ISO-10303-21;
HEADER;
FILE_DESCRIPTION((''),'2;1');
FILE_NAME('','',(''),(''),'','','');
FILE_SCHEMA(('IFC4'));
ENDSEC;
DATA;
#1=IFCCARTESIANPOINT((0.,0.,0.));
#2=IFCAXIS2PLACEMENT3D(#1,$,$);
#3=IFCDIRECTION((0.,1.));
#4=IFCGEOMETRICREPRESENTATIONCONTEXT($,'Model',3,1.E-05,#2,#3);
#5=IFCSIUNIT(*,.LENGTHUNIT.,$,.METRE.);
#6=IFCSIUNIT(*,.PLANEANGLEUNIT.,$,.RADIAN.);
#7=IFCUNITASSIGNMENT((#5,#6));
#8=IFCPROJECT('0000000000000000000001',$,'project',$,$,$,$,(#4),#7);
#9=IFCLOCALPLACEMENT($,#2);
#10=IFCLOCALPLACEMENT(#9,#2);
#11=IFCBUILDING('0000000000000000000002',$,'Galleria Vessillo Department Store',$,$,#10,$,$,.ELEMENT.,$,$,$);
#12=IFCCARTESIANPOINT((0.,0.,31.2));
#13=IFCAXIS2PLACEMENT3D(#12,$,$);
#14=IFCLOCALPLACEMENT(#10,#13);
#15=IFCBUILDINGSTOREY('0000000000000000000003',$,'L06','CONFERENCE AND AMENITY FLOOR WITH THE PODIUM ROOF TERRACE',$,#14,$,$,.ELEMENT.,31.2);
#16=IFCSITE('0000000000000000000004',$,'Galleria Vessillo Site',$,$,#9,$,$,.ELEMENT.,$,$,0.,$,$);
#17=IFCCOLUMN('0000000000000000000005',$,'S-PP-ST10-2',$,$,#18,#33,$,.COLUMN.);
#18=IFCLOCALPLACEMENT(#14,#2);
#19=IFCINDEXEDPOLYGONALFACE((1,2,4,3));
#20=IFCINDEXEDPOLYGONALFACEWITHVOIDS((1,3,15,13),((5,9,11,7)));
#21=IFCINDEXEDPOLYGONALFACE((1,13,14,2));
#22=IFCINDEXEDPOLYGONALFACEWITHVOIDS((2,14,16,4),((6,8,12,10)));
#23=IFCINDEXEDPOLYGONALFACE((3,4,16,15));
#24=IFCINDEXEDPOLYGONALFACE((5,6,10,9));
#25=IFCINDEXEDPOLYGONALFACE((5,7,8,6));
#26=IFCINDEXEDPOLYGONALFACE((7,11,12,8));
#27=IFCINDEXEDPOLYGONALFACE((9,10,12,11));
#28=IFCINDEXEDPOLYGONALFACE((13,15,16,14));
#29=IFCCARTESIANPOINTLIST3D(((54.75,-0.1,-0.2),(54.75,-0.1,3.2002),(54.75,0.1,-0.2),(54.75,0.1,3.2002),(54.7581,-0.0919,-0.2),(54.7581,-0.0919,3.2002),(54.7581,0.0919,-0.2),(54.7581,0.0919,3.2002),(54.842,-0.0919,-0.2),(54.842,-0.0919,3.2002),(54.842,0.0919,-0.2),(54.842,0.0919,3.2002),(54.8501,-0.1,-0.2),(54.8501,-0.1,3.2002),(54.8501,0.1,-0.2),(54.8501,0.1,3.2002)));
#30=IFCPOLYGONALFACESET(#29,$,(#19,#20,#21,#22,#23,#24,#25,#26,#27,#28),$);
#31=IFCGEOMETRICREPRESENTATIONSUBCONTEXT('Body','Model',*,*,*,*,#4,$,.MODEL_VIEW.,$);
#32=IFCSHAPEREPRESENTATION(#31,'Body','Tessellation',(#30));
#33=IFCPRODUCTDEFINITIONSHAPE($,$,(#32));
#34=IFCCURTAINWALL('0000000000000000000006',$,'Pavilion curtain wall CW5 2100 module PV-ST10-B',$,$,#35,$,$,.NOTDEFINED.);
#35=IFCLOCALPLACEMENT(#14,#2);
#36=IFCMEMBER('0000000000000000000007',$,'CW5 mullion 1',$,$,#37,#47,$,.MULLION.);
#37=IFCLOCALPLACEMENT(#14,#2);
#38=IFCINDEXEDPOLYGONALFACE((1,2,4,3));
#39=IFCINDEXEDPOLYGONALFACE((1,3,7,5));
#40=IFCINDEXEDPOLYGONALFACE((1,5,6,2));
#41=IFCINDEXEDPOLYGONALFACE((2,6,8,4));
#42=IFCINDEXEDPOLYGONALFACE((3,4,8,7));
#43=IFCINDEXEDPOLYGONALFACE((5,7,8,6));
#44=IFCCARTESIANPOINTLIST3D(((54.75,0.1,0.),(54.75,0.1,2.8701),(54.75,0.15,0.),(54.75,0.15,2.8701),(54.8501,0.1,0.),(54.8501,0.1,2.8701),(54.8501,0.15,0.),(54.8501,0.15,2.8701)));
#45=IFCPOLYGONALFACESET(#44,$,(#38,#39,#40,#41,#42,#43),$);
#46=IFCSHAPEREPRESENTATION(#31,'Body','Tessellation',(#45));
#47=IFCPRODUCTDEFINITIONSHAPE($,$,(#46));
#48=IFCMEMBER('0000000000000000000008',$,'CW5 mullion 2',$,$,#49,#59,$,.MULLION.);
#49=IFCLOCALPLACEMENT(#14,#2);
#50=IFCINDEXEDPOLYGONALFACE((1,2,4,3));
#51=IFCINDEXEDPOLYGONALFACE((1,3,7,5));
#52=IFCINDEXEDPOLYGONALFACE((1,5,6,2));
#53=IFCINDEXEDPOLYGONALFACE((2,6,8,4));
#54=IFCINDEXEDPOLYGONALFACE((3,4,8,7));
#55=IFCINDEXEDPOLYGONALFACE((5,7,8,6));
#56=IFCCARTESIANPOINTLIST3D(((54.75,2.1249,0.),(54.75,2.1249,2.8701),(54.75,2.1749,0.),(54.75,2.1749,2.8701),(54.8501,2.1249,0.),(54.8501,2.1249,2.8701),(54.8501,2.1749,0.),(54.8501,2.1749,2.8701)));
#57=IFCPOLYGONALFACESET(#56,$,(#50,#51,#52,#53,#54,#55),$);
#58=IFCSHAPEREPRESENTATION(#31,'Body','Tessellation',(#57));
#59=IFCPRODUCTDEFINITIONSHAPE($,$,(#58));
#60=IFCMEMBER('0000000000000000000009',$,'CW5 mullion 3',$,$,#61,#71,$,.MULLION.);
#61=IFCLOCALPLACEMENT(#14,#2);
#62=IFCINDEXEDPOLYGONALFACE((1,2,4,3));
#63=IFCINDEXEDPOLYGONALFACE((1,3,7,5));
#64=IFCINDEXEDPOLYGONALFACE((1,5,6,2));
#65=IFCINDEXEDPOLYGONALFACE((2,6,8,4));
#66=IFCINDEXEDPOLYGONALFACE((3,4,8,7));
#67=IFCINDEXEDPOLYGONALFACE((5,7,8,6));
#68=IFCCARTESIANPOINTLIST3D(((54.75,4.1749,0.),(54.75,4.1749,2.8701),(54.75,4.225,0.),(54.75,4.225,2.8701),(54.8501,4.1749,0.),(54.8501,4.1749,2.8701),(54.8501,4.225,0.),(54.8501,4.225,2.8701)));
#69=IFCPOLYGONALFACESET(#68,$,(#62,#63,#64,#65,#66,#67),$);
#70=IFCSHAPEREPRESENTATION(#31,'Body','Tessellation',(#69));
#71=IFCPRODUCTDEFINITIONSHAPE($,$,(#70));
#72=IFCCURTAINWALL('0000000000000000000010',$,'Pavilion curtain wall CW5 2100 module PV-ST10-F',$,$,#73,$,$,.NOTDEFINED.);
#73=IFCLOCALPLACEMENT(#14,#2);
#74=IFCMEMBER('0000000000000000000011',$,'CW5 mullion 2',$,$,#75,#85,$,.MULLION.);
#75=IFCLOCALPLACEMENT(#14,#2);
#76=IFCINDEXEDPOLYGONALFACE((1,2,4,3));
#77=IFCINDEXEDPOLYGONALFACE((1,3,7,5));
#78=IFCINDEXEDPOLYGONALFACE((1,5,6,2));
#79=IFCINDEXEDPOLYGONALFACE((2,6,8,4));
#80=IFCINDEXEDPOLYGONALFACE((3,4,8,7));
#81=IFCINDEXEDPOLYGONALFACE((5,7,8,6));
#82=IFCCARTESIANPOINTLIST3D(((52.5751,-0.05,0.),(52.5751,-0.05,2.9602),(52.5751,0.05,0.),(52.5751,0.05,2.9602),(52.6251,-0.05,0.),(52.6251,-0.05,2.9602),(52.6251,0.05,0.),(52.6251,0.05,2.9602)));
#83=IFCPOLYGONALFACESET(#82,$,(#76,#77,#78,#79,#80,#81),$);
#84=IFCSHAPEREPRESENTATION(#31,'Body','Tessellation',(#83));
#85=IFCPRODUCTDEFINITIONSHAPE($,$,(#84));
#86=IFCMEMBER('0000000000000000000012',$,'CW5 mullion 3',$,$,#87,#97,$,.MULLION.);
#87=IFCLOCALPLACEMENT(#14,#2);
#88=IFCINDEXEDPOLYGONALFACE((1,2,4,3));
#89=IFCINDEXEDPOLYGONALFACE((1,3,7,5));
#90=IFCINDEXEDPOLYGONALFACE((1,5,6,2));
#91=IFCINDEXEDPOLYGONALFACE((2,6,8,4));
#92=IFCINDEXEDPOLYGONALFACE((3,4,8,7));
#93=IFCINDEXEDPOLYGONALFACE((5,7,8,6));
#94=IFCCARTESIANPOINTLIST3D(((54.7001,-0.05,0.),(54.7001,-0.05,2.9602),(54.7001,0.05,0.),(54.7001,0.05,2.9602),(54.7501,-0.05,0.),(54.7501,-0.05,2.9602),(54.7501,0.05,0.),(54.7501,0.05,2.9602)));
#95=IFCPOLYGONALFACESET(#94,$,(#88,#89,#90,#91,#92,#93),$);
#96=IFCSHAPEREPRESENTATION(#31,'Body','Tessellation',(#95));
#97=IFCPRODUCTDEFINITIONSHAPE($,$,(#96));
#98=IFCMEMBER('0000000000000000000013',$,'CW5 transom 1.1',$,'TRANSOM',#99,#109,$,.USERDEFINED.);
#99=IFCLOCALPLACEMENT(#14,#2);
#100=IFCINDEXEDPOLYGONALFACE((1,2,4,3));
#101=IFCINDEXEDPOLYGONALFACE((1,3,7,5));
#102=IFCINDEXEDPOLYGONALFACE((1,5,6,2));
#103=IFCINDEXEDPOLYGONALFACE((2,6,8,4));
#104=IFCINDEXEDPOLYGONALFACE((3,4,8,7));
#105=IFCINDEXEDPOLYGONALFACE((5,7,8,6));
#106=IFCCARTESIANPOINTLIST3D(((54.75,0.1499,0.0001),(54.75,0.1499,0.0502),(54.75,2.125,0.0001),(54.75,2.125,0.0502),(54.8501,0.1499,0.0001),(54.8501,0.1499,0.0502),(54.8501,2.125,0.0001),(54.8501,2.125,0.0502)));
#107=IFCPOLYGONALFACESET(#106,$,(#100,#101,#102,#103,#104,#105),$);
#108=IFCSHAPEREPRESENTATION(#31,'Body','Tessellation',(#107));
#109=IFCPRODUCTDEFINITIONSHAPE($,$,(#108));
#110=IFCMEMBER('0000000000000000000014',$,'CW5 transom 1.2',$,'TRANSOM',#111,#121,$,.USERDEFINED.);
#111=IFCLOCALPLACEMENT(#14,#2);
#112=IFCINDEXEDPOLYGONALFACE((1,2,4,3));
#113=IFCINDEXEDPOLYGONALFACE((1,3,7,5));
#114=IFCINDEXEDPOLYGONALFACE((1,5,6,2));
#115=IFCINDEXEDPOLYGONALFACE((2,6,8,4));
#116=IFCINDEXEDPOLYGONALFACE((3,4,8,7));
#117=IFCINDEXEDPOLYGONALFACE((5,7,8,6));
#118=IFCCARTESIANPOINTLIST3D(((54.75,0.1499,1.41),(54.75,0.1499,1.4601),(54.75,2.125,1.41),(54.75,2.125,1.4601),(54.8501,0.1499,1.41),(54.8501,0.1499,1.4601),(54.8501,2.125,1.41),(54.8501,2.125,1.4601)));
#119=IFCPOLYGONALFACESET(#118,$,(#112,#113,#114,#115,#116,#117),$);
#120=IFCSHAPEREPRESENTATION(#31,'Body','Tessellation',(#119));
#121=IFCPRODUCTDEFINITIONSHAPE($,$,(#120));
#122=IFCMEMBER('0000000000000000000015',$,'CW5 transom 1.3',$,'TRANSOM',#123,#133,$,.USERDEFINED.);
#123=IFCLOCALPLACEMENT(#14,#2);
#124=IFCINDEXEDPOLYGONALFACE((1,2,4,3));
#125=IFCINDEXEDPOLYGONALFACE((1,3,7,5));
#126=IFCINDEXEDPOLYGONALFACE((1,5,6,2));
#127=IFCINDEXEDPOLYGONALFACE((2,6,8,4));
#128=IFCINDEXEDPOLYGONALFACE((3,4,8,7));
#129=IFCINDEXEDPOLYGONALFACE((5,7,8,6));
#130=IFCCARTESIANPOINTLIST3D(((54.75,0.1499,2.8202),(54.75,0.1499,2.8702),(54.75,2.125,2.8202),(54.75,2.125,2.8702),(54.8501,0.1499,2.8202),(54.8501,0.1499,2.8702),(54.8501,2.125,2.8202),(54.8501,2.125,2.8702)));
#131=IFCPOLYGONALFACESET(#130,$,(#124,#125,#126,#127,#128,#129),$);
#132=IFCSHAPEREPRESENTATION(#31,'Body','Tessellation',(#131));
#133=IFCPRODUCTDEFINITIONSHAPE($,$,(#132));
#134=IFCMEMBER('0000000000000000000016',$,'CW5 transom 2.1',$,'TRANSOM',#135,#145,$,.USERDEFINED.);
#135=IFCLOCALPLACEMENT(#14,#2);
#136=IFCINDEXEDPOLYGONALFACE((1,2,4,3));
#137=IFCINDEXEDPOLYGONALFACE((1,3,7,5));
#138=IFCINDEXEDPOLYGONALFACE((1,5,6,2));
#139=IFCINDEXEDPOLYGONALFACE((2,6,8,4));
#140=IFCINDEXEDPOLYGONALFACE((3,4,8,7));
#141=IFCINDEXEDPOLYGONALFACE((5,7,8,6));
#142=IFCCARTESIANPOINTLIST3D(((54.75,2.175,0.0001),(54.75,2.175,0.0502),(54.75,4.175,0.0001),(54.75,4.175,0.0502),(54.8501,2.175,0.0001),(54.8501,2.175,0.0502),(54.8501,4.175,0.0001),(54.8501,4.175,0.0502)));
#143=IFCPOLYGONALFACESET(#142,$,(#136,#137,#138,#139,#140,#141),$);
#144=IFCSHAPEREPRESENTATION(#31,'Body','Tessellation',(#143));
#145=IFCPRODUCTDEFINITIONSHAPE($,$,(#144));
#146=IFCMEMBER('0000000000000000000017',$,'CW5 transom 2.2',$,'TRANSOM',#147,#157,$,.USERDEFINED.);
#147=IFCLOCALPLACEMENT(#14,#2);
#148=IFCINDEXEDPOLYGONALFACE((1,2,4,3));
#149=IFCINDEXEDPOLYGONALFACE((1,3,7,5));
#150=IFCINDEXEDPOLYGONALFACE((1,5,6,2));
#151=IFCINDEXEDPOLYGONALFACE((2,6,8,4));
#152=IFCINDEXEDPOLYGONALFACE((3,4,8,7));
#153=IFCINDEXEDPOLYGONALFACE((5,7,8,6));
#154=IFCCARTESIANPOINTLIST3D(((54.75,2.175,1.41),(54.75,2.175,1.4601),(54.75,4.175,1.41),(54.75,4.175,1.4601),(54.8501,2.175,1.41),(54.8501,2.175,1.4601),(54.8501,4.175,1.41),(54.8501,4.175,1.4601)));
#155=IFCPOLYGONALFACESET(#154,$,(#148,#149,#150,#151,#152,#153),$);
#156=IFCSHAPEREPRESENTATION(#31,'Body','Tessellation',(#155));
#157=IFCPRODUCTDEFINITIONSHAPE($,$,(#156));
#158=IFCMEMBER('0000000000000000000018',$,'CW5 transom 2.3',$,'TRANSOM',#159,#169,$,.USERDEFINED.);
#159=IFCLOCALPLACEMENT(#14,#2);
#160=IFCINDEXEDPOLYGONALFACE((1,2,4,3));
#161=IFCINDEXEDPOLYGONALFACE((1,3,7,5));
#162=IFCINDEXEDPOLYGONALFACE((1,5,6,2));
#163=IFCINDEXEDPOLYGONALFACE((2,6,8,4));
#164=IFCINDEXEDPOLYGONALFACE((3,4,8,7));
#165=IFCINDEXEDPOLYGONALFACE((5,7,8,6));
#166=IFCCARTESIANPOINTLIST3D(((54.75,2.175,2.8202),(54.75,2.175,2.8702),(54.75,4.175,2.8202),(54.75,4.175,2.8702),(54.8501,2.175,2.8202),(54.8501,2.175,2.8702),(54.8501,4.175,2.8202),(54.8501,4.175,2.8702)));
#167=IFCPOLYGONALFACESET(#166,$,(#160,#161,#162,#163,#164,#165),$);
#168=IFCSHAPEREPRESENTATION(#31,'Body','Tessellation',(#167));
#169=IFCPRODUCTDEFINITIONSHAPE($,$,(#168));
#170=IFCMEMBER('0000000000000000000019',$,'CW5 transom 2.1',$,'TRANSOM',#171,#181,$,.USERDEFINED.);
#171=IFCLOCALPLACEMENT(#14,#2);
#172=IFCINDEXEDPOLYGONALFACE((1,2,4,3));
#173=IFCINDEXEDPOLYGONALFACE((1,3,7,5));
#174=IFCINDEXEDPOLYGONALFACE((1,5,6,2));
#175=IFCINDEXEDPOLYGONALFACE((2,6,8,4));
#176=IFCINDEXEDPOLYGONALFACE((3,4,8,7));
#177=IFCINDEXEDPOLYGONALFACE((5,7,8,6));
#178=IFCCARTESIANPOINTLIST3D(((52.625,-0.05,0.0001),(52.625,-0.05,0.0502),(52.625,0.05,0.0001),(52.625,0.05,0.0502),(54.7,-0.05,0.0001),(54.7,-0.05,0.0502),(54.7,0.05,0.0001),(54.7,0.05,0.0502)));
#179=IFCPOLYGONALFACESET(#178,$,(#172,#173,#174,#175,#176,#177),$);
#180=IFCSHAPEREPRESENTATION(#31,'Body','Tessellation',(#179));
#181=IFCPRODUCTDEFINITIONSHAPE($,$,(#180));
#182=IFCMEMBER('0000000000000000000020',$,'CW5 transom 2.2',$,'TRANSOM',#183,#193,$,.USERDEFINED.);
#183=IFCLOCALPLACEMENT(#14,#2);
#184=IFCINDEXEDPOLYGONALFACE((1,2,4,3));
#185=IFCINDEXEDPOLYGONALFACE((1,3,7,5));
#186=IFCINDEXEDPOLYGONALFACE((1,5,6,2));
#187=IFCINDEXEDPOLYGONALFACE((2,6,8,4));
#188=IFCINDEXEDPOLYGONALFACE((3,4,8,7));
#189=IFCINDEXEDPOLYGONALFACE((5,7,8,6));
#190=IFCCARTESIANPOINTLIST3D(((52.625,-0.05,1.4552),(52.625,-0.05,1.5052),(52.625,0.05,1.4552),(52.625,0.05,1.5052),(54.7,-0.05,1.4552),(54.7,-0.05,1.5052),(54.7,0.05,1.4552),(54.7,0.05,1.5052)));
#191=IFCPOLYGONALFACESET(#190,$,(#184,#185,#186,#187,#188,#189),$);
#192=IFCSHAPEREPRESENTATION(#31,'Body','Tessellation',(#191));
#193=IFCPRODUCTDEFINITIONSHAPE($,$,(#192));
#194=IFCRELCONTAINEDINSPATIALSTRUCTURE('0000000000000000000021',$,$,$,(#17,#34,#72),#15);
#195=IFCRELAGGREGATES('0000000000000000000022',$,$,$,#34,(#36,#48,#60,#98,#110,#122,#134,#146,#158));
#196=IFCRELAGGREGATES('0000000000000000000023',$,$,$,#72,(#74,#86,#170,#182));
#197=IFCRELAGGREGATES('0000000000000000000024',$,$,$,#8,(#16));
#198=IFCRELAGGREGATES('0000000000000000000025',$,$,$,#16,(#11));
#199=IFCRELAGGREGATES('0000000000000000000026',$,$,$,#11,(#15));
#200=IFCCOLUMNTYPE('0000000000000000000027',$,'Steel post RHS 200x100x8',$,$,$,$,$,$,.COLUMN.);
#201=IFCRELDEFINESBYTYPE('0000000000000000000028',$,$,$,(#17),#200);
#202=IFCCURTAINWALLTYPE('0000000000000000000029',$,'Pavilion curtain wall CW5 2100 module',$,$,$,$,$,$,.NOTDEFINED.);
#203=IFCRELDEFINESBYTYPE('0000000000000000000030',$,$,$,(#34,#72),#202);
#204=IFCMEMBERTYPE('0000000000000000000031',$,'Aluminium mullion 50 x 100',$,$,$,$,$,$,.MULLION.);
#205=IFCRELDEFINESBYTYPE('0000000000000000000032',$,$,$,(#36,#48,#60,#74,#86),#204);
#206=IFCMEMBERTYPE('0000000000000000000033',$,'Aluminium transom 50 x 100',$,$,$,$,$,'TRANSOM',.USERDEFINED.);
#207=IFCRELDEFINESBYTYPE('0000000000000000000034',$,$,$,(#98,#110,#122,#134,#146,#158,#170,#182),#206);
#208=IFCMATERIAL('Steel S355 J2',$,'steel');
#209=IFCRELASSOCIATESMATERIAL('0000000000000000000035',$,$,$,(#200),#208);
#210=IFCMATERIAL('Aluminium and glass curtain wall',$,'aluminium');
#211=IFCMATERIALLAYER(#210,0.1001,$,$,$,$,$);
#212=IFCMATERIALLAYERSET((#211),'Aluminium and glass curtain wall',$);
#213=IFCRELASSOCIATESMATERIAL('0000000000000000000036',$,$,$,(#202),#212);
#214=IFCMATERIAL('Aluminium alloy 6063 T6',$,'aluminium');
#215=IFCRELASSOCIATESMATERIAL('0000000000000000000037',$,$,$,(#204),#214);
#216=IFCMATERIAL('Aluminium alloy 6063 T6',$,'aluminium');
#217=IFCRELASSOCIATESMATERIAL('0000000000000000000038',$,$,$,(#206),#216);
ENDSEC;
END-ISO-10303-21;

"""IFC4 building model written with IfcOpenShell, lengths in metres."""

from ifc_helpers import new_model, si_unit, direction, frame, origin, origin_2d, place, context, subcontext, project, spatial, rectangle, hollow_rectangle, extrude, material, layer, layer_set, material_profile, profile_set, type_object, element, aggregate, save


model = new_model("IFC4")

# Units and contexts
model_context = context("Model", 3, precision=1e-05, world=origin(), true_north=direction((0.0, 1.0)))
body_context = subcontext(model_context, "Body", "Model", "MODEL_VIEW")
ifc_project = project(units=[si_unit("LENGTHUNIT", "METRE"), si_unit("PLANEANGLEUNIT", "RADIAN")], contexts=[model_context])

# Site, building, storey
site_placement = place(None, origin())
site = spatial("IfcSite", under=ifc_project, at=site_placement, Name="Galleria Vessillo Site", CompositionType="ELEMENT", RefElevation=0.0)
building_placement = place(site_placement, origin())
building = spatial("IfcBuilding", under=site, at=building_placement, Name="Galleria Vessillo Department Store", CompositionType="ELEMENT")
storey_placement = place(building_placement, frame((0.0, 0.0, 31.2)))
storey = spatial("IfcBuildingStorey", under=building, at=storey_placement, Name="L06", Description="CONFERENCE AND AMENITY FLOOR WITH THE PODIUM ROOF TERRACE", CompositionType="ELEMENT", Elevation=31.2)

# Column
ifc_material_1 = material(Name="Steel S355 J2", Category="steel")
ifc_material_profile_1 = material_profile(ifc_material_1, hollow_rectangle(XDim=0.1001, YDim=0.2, WallThickness=0.0081, at=origin_2d()), Name="RHS 200x100x8")
ifc_profile_set_1 = profile_set([ifc_material_profile_1], Name="Steel S355 J2")
column_type = type_object("IfcColumnType", Name="Steel post RHS 200x100x8", PredefinedType="COLUMN", material=ifc_profile_set_1)
column_placement = place(storey_placement, frame((54.8, 0.0, -0.2), z_axis=(0.0, 0.0, 1.0), x_axis=(1.0, 0.0, 0.0)))
element("IfcColumn", 1, at=column_placement, inside=storey, type_object=column_type, Name="S-PP-ST10-2", PredefinedType="COLUMN", context=body_context, shape_type="SweptSolid", body=[
    extrude(hollow_rectangle(XDim=0.1001, YDim=0.2, WallThickness=0.0081, at=origin_2d()), origin(), (0.0, 0.0, 1.0), 3.4001),
])

# Curtain walls, members
ifc_material_2 = material(Name="Aluminium and glass curtain wall", Category="aluminium")
ifc_layer_1 = layer(ifc_material_2, 0.1001)
ifc_layer_set_1 = layer_set([ifc_layer_1], Name="Aluminium and glass curtain wall")
curtain_wall_type = type_object("IfcCurtainWallType", Name="Pavilion curtain wall CW5 2100 module", PredefinedType="NOTDEFINED", material=ifc_layer_set_1)
curtain_wall_1_placement = place(storey_placement, origin())
curtain_wall_1 = element("IfcCurtainWall", 2, at=curtain_wall_1_placement, inside=storey, type_object=curtain_wall_type, Name="Pavilion curtain wall CW5 2100 module PV-ST10-B", PredefinedType="NOTDEFINED")
ifc_material_3 = material(Name="Aluminium alloy 6063 T6", Category="aluminium")
ifc_material_profile_2 = material_profile(ifc_material_3, rectangle(XDim=0.1001, YDim=0.05, at=origin_2d()), Name="AL 50x100")
ifc_profile_set_2 = profile_set([ifc_material_profile_2], Name="Aluminium alloy 6063 T6")
member_type_1 = type_object("IfcMemberType", Name="Aluminium mullion 50 x 100", PredefinedType="MULLION", material=ifc_profile_set_2)
member_1_placement = place(storey_placement, frame((54.8, 0.125, 0.0), z_axis=(0.0, 0.0, 1.0), x_axis=(-1.0, 0.0, 0.0)))
member_1 = element("IfcMember", 3, at=member_1_placement, type_object=member_type_1, Name="CW5 mullion 1", PredefinedType="MULLION", context=body_context, shape_type="SweptSolid", body=[
    extrude(rectangle(XDim=0.1001, YDim=0.05, at=origin_2d()), origin(), (0.0, 0.0, 1.0), 2.8701),
])
member_2_placement = place(storey_placement, frame((54.8, 2.1499, 0.0), z_axis=(0.0, 0.0, 1.0), x_axis=(-1.0, 0.0, 0.0)))
member_2 = element("IfcMember", 4, at=member_2_placement, type_object=member_type_1, Name="CW5 mullion 2", PredefinedType="MULLION", context=body_context, shape_type="SweptSolid", body=[
    extrude(rectangle(XDim=0.1001, YDim=0.05, at=origin_2d()), origin(), (0.0, 0.0, 1.0), 2.8701),
])
member_3_placement = place(storey_placement, frame((54.8, 4.2, 0.0), z_axis=(0.0, 0.0, 1.0), x_axis=(-1.0, 0.0, 0.0)))
member_3 = element("IfcMember", 5, at=member_3_placement, type_object=member_type_1, Name="CW5 mullion 3", PredefinedType="MULLION", context=body_context, shape_type="SweptSolid", body=[
    extrude(rectangle(XDim=0.1001, YDim=0.05, at=origin_2d()), origin(), (0.0, 0.0, 1.0), 2.8701),
])
curtain_wall_2_placement = place(storey_placement, origin())
curtain_wall_2 = element("IfcCurtainWall", 6, at=curtain_wall_2_placement, inside=storey, type_object=curtain_wall_type, Name="Pavilion curtain wall CW5 2100 module PV-ST10-F", PredefinedType="NOTDEFINED")
member_4_placement = place(storey_placement, frame((52.6001, 0.0, 0.0), z_axis=(0.0, 0.0, 1.0), x_axis=(0.0, 1.0, 0.0)))
member_4 = element("IfcMember", 7, at=member_4_placement, type_object=member_type_1, Name="CW5 mullion 2", PredefinedType="MULLION", context=body_context, shape_type="SweptSolid", body=[
    extrude(rectangle(XDim=0.1001, YDim=0.05, at=origin_2d()), origin(), (0.0, 0.0, 1.0), 2.9602),
])
member_5_placement = place(storey_placement, frame((54.7251, 0.0, 0.0), z_axis=(0.0, 0.0, 1.0), x_axis=(0.0, 1.0, 0.0)))
member_5 = element("IfcMember", 8, at=member_5_placement, type_object=member_type_1, Name="CW5 mullion 3", PredefinedType="MULLION", context=body_context, shape_type="SweptSolid", body=[
    extrude(rectangle(XDim=0.1001, YDim=0.05, at=origin_2d()), origin(), (0.0, 0.0, 1.0), 2.9602),
])

# Members
ifc_material_4 = material(Name="Aluminium alloy 6063 T6", Category="aluminium")
ifc_material_profile_3 = material_profile(ifc_material_4, rectangle(XDim=0.1001, YDim=0.05, at=origin_2d()), Name="AL 50x100")
ifc_profile_set_3 = profile_set([ifc_material_profile_3], Name="Aluminium alloy 6063 T6")
member_type_2 = type_object("IfcMemberType", Name="Aluminium transom 50 x 100", ElementType="TRANSOM", PredefinedType="USERDEFINED", material=ifc_profile_set_3)
member_6_placement = place(storey_placement, frame((54.8, 0.1499, 0.0251), z_axis=(0.0, 1.0, 0.0), x_axis=(-1.0, 0.0, 0.0)))
member_6 = element("IfcMember", 9, at=member_6_placement, type_object=member_type_2, Name="CW5 transom 1.1", ObjectType="TRANSOM", PredefinedType="USERDEFINED", context=body_context, shape_type="SweptSolid", body=[
    extrude(rectangle(XDim=0.1001, YDim=0.05, at=origin_2d()), origin(), (0.0, 0.0, 1.0), 1.9751),
])
member_7_placement = place(storey_placement, frame((54.8, 0.1499, 1.4351), z_axis=(0.0, 1.0, 0.0), x_axis=(-1.0, 0.0, 0.0)))
member_7 = element("IfcMember", 10, at=member_7_placement, type_object=member_type_2, Name="CW5 transom 1.2", ObjectType="TRANSOM", PredefinedType="USERDEFINED", context=body_context, shape_type="SweptSolid", body=[
    extrude(rectangle(XDim=0.1001, YDim=0.05, at=origin_2d()), origin(), (0.0, 0.0, 1.0), 1.9751),
])
member_8_placement = place(storey_placement, frame((54.8, 0.1499, 2.8452), z_axis=(0.0, 1.0, 0.0), x_axis=(-1.0, 0.0, 0.0)))
member_8 = element("IfcMember", 11, at=member_8_placement, type_object=member_type_2, Name="CW5 transom 1.3", ObjectType="TRANSOM", PredefinedType="USERDEFINED", context=body_context, shape_type="SweptSolid", body=[
    extrude(rectangle(XDim=0.1001, YDim=0.05, at=origin_2d()), origin(), (0.0, 0.0, 1.0), 1.9751),
])
member_9_placement = place(storey_placement, frame((54.8, 2.175, 0.0251), z_axis=(0.0, 1.0, 0.0), x_axis=(-1.0, 0.0, 0.0)))
member_9 = element("IfcMember", 12, at=member_9_placement, type_object=member_type_2, Name="CW5 transom 2.1", ObjectType="TRANSOM", PredefinedType="USERDEFINED", context=body_context, shape_type="SweptSolid", body=[
    extrude(rectangle(XDim=0.1001, YDim=0.05, at=origin_2d()), origin(), (0.0, 0.0, 1.0), 2.0),
])
member_10_placement = place(storey_placement, frame((54.8, 2.175, 1.4351), z_axis=(0.0, 1.0, 0.0), x_axis=(-1.0, 0.0, 0.0)))
member_10 = element("IfcMember", 13, at=member_10_placement, type_object=member_type_2, Name="CW5 transom 2.2", ObjectType="TRANSOM", PredefinedType="USERDEFINED", context=body_context, shape_type="SweptSolid", body=[
    extrude(rectangle(XDim=0.1001, YDim=0.05, at=origin_2d()), origin(), (0.0, 0.0, 1.0), 2.0),
])
member_11_placement = place(storey_placement, frame((54.8, 2.175, 2.8452), z_axis=(0.0, 1.0, 0.0), x_axis=(-1.0, 0.0, 0.0)))
member_11 = element("IfcMember", 14, at=member_11_placement, type_object=member_type_2, Name="CW5 transom 2.3", ObjectType="TRANSOM", PredefinedType="USERDEFINED", context=body_context, shape_type="SweptSolid", body=[
    extrude(rectangle(XDim=0.1001, YDim=0.05, at=origin_2d()), origin(), (0.0, 0.0, 1.0), 2.0),
])
member_12_placement = place(storey_placement, frame((52.625, 0.0, 0.0251), z_axis=(1.0, 0.0, 0.0), x_axis=(0.0, 1.0, 0.0)))
member_12 = element("IfcMember", 15, at=member_12_placement, type_object=member_type_2, Name="CW5 transom 2.1", ObjectType="TRANSOM", PredefinedType="USERDEFINED", context=body_context, shape_type="SweptSolid", body=[
    extrude(rectangle(XDim=0.1001, YDim=0.05, at=origin_2d()), origin(), (0.0, 0.0, 1.0), 2.075),
])
member_13_placement = place(storey_placement, frame((52.625, 0.0, 1.4802), z_axis=(1.0, 0.0, 0.0), x_axis=(0.0, 1.0, 0.0)))
member_13 = element("IfcMember", 16, at=member_13_placement, type_object=member_type_2, Name="CW5 transom 2.2", ObjectType="TRANSOM", PredefinedType="USERDEFINED", context=body_context, shape_type="SweptSolid", body=[
    extrude(rectangle(XDim=0.1001, YDim=0.05, at=origin_2d()), origin(), (0.0, 0.0, 1.0), 2.075),
])

aggregate(curtain_wall_1, [member_1, member_2, member_3, member_6, member_7, member_8, member_9, member_10, member_11])
aggregate(curtain_wall_2, [member_4, member_5, member_12, member_13])

save(model, "model.ifc")
